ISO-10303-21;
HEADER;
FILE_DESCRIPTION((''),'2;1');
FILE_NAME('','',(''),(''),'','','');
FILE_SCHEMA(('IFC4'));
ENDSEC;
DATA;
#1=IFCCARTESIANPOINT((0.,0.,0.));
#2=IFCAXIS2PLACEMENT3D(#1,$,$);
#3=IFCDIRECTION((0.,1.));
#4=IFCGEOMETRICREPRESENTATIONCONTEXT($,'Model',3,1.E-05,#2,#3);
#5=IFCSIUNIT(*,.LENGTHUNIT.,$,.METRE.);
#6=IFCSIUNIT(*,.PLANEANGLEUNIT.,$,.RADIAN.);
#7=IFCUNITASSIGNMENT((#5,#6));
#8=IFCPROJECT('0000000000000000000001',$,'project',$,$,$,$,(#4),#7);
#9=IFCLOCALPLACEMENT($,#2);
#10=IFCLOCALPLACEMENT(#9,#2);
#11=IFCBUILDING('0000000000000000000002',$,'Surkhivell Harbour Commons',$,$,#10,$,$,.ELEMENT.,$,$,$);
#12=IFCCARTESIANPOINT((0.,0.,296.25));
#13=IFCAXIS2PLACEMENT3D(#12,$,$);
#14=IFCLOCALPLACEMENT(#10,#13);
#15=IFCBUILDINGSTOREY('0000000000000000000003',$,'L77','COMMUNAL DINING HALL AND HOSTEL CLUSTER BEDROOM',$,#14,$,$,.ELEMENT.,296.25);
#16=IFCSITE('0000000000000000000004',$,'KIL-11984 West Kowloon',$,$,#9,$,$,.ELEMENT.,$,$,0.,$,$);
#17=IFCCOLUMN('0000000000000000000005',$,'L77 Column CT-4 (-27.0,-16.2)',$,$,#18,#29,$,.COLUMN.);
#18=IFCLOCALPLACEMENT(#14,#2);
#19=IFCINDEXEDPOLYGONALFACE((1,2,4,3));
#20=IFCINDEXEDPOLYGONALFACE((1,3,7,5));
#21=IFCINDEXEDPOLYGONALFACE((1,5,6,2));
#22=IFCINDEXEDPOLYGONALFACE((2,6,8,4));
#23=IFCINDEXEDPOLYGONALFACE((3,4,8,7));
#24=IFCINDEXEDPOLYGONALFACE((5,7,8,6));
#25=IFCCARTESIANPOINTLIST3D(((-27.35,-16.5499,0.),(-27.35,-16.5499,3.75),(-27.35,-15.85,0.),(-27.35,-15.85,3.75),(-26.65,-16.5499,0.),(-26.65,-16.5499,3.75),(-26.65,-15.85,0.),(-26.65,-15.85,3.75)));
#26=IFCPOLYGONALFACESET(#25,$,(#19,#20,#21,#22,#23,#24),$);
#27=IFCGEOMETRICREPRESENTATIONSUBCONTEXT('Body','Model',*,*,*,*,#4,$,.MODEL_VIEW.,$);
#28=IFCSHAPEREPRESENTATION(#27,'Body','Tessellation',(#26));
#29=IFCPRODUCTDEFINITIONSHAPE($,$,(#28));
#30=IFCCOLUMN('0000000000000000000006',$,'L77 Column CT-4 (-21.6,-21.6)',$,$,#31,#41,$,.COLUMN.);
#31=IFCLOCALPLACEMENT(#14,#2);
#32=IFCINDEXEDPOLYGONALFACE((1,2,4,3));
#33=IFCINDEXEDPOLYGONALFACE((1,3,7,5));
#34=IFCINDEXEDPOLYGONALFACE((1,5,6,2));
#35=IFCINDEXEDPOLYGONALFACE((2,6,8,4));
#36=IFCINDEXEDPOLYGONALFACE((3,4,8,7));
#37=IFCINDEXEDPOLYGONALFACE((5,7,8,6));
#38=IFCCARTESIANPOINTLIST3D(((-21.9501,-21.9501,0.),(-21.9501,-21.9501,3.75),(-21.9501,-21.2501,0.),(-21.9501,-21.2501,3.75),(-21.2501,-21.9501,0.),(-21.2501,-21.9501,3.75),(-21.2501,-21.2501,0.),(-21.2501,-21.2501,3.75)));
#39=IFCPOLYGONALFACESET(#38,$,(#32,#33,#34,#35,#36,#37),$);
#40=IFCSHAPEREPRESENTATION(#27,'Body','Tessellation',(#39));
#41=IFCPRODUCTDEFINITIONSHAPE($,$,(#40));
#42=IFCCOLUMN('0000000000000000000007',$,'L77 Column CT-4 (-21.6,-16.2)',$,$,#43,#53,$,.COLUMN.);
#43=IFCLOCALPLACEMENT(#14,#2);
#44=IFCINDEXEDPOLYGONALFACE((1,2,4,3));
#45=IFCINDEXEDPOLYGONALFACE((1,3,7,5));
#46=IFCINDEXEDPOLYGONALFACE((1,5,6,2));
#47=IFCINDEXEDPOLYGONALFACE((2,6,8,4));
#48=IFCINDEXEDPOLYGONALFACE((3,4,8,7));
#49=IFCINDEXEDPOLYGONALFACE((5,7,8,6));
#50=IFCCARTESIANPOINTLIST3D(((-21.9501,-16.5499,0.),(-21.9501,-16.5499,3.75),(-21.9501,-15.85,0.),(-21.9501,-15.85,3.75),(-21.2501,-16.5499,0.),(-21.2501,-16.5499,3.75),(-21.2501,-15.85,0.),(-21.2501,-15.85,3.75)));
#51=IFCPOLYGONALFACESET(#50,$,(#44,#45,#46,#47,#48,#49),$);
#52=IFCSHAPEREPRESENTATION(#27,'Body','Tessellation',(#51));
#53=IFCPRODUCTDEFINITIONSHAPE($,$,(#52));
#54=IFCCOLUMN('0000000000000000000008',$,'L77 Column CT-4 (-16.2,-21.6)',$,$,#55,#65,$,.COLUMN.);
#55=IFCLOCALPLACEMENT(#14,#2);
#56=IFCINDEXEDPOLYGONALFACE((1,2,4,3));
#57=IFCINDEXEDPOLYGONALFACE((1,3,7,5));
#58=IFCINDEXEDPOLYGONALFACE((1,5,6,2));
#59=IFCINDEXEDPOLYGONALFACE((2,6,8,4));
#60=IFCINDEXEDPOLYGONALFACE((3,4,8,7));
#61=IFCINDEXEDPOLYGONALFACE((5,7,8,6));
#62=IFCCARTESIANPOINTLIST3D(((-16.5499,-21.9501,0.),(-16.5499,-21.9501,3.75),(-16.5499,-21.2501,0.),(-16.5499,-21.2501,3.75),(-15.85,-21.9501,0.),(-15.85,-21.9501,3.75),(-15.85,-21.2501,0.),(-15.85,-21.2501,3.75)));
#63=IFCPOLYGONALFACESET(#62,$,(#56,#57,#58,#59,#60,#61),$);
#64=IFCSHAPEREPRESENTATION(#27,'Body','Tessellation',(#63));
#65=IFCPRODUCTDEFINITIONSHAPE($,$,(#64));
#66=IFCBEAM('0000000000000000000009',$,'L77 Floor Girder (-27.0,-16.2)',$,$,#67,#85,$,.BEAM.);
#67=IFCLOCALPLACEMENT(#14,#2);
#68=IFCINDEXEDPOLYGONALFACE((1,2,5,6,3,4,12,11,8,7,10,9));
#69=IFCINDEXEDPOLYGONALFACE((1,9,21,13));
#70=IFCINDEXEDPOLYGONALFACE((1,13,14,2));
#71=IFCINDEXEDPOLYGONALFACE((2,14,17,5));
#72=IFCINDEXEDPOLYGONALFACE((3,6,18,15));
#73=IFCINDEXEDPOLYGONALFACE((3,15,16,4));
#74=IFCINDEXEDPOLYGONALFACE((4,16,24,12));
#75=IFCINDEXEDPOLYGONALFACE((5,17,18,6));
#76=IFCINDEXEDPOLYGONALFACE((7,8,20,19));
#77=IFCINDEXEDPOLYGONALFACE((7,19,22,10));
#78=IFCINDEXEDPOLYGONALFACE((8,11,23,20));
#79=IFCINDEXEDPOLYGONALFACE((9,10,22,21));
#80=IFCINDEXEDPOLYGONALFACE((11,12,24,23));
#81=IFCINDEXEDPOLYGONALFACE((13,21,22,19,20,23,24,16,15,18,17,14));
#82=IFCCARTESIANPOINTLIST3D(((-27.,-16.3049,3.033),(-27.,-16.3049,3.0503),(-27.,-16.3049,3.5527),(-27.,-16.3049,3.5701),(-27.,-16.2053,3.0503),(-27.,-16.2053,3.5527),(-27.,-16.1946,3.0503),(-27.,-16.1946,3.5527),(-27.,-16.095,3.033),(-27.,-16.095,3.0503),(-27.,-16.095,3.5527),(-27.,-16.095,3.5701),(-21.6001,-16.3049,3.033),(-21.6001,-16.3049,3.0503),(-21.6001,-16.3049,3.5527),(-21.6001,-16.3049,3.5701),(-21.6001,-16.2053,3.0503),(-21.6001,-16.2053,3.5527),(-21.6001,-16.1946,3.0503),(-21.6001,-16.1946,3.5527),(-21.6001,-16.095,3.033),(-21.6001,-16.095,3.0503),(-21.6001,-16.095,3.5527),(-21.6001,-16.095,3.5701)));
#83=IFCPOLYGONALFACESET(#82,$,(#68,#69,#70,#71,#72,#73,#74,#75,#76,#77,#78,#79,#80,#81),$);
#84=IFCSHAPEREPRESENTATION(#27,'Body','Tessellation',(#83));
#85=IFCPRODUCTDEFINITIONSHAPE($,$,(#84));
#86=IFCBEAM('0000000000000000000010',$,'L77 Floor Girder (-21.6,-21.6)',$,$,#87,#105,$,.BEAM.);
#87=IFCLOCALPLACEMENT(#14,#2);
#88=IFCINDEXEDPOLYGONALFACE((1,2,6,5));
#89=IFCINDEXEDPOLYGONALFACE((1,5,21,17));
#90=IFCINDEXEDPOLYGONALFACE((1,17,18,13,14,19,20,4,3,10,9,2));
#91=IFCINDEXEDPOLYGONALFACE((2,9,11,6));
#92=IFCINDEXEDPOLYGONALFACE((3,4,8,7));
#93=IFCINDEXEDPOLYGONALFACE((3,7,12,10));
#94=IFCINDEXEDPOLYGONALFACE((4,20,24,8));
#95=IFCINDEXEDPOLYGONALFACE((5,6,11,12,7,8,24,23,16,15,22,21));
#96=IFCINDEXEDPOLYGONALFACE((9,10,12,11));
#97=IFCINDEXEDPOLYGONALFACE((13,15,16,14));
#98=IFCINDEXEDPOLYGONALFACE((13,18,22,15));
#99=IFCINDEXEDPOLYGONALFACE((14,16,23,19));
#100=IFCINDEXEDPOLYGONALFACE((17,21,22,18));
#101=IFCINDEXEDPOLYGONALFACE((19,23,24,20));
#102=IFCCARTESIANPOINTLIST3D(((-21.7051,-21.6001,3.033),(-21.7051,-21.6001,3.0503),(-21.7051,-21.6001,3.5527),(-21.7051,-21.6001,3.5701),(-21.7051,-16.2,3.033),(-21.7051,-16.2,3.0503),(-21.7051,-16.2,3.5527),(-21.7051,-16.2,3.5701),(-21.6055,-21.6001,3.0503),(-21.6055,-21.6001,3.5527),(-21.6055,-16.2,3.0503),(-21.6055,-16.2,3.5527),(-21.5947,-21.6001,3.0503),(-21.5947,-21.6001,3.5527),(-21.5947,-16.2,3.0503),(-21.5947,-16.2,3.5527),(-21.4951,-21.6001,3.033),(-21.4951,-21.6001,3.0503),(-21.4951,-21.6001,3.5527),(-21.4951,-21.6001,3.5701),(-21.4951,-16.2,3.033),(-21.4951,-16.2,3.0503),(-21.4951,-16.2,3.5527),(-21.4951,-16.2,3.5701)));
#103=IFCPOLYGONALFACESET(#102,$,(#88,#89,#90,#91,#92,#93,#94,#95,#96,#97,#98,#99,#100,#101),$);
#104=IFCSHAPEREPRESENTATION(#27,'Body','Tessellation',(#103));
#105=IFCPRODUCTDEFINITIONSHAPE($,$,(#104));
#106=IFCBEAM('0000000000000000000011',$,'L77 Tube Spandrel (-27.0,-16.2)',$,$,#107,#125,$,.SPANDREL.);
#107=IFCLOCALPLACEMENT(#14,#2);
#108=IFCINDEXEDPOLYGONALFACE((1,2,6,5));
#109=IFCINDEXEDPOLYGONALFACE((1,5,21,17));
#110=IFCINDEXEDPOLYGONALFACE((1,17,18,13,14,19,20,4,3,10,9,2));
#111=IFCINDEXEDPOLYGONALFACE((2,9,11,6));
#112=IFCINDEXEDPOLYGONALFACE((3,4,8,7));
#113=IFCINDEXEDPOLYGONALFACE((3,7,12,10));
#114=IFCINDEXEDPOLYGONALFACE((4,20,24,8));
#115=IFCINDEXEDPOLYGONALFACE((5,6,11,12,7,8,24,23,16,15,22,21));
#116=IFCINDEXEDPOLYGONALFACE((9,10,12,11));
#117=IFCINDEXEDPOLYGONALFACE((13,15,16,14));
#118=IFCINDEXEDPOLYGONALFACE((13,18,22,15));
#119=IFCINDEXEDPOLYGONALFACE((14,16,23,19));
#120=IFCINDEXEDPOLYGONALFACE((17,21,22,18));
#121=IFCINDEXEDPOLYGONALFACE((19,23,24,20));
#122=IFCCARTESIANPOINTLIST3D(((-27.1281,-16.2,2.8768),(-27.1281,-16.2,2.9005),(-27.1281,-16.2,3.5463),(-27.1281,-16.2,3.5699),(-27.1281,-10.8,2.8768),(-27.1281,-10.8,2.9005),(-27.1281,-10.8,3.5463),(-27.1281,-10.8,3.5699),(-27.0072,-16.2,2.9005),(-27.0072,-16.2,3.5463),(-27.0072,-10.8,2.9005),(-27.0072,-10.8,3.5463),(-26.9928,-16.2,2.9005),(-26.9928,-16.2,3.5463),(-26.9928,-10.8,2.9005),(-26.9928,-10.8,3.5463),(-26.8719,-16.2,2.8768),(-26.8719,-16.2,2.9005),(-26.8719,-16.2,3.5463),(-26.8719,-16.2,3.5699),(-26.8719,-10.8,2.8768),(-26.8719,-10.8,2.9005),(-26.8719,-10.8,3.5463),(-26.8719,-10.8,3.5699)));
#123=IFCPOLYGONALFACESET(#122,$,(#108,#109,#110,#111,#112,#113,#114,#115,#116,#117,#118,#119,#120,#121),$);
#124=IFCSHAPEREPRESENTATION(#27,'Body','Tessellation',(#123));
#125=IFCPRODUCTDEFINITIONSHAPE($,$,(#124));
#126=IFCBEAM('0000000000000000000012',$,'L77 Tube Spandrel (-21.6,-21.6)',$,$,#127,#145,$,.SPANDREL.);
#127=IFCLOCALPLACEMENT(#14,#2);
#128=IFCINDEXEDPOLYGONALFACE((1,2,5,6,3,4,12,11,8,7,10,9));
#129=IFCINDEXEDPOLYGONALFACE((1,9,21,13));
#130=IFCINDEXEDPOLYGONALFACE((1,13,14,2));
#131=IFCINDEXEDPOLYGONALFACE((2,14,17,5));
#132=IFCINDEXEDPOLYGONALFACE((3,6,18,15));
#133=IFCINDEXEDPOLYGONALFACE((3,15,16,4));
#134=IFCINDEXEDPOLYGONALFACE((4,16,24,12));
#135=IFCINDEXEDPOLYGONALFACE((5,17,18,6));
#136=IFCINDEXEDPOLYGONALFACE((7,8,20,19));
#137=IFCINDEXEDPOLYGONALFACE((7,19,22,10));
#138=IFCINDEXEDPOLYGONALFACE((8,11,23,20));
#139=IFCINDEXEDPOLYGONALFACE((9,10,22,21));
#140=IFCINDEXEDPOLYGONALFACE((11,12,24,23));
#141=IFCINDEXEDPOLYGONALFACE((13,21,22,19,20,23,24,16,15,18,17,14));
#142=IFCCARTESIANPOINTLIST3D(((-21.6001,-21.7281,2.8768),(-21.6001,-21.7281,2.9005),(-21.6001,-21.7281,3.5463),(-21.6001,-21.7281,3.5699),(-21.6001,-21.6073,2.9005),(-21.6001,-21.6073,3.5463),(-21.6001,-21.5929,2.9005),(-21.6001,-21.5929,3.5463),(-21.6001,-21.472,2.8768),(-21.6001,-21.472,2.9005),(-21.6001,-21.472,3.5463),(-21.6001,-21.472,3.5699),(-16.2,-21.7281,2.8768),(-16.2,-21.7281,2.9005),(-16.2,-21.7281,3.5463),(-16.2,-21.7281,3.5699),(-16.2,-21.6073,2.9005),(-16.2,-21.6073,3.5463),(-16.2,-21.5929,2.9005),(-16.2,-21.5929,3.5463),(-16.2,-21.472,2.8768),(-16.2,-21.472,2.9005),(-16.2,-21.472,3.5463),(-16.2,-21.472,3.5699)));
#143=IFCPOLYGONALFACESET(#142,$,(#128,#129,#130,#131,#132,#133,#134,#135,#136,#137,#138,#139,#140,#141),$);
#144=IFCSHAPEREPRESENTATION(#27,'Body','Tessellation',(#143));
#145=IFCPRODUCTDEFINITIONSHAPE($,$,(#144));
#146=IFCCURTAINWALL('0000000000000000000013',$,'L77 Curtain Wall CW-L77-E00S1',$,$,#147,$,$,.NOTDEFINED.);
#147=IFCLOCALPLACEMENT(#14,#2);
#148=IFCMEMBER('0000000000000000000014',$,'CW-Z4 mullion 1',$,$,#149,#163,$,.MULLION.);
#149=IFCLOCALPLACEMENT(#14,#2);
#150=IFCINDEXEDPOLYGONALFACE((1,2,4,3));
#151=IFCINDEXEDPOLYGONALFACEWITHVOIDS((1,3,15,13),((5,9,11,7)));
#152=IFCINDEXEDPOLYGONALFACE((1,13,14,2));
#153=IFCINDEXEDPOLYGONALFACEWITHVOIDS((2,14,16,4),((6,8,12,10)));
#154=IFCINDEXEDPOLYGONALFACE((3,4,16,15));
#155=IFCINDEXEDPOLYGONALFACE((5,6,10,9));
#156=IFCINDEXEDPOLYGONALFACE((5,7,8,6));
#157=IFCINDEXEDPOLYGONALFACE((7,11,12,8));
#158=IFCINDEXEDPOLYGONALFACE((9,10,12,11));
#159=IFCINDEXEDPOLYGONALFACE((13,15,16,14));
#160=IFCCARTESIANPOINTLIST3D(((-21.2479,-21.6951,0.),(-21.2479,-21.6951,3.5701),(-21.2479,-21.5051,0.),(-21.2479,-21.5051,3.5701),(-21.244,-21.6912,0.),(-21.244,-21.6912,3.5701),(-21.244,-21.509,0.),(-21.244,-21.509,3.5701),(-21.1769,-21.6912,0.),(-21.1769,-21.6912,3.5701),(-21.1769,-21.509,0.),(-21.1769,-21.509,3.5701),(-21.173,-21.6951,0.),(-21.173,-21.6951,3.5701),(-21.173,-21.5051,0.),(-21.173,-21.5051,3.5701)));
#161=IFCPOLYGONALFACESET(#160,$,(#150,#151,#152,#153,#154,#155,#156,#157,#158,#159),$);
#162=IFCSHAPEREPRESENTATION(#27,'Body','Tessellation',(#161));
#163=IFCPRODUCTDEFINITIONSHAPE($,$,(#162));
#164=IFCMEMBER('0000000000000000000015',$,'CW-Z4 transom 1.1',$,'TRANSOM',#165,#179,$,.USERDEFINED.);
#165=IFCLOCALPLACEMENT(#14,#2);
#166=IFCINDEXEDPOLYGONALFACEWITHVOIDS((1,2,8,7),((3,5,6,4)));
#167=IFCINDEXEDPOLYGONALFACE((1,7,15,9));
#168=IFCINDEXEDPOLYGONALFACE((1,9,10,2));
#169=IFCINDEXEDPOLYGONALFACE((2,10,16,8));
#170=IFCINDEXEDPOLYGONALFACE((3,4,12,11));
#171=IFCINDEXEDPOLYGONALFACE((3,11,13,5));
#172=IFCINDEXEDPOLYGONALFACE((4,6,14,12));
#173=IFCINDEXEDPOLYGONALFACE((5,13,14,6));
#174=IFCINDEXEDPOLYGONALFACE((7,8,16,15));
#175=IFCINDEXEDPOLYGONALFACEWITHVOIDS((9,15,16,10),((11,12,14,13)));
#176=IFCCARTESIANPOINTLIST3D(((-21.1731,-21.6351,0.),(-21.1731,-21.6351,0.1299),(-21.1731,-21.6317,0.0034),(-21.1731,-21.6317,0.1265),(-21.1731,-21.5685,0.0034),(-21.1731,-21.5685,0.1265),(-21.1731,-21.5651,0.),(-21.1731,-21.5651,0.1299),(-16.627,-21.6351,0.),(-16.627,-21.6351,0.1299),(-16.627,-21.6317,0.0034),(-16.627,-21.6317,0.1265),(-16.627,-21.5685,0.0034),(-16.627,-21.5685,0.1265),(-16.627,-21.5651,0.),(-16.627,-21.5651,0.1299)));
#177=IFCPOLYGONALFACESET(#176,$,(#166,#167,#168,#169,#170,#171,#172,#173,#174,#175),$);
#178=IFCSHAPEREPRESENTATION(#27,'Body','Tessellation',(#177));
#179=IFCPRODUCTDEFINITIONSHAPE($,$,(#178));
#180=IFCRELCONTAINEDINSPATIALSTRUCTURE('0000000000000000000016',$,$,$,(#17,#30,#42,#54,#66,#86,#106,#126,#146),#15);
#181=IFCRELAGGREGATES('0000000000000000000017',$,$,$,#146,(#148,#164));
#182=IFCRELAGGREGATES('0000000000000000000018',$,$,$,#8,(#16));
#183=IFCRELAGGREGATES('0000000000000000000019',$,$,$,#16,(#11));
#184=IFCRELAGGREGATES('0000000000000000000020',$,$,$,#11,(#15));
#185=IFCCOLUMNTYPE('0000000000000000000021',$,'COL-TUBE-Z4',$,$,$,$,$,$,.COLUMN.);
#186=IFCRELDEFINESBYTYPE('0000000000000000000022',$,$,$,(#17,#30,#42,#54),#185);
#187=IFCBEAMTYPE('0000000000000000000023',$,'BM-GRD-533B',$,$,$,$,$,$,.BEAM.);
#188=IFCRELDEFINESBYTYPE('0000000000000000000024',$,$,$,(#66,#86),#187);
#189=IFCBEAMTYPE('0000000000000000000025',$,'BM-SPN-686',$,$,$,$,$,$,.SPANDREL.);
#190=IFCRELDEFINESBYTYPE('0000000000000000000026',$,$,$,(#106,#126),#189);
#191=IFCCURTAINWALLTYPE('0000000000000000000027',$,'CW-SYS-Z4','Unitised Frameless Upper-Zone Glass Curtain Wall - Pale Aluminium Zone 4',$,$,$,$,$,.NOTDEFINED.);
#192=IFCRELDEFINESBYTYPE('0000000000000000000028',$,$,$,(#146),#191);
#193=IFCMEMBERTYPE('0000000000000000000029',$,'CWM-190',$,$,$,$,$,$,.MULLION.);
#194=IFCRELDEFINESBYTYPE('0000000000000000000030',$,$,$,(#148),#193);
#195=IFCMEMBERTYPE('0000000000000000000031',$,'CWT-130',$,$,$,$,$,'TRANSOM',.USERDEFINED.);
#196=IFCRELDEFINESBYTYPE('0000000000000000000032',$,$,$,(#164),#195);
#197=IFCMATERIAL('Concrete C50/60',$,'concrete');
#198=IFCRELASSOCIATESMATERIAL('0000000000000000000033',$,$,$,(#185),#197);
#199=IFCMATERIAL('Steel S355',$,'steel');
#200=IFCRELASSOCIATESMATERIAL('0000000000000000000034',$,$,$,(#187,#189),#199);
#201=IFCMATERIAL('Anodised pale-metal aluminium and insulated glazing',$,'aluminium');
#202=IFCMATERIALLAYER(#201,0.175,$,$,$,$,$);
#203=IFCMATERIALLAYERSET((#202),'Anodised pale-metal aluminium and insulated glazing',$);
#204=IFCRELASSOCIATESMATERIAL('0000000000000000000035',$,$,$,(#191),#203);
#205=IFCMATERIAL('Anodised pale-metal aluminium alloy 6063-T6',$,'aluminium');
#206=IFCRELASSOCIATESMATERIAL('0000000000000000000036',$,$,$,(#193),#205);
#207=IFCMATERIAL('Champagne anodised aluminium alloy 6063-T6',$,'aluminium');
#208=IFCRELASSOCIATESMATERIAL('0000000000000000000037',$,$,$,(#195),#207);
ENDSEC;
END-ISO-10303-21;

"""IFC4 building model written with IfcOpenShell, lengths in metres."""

from ifc_helpers import new_model, si_unit, direction, frame, origin, origin_2d, place, context, subcontext, project, spatial, rectangle, hollow_rectangle, i_section, extrude, material, layer, layer_set, material_profile, profile_set, type_object, element, aggregate, save


model = new_model("IFC4")

# Units and contexts
model_context = context("Model", 3, precision=1e-05, world=origin(), true_north=direction((0.0, 1.0)))
body_context = subcontext(model_context, "Body", "Model", "MODEL_VIEW")
ifc_project = project(units=[si_unit("LENGTHUNIT", "METRE"), si_unit("PLANEANGLEUNIT", "RADIAN")], contexts=[model_context])

# Site, building, storey
site_placement = place(None, origin())
site = spatial("IfcSite", under=ifc_project, at=site_placement, Name="KIL-11984 West Kowloon", CompositionType="ELEMENT", RefElevation=0.0)
building_placement = place(site_placement, origin())
building = spatial("IfcBuilding", under=site, at=building_placement, Name="Surkhivell Harbour Commons", CompositionType="ELEMENT")
storey_placement = place(building_placement, frame((0.0, 0.0, 296.25)))
storey = spatial("IfcBuildingStorey", under=building, at=storey_placement, Name="L77", Description="COMMUNAL DINING HALL AND HOSTEL CLUSTER BEDROOM", CompositionType="ELEMENT", Elevation=296.25)

# Columns
ifc_material_1 = material(Name="Concrete C50/60", Category="concrete")
ifc_material_profile_1 = material_profile(ifc_material_1, rectangle(XDim=0.7, YDim=0.7, at=origin_2d()), Name="RC-COL-700x700")
ifc_profile_set_1 = profile_set([ifc_material_profile_1], Name="Concrete C50/60")
column_type = type_object("IfcColumnType", Name="COL-TUBE-Z4", PredefinedType="COLUMN", material=ifc_profile_set_1)
for number, where, z_axis, x_axis, name in (
    (1, (-27.0, -16.2, 0.0), (0.0, 0.0, 1.0), (1.0, 0.0, 0.0), "L77 Column CT-4 (-27.0,-16.2)"),
    (2, (-21.6001, -21.6001, 0.0), (0.0, 0.0, 1.0), (1.0, 0.0, 0.0), "L77 Column CT-4 (-21.6,-21.6)"),
    (3, (-21.6001, -16.2, 0.0), (0.0, 0.0, 1.0), (1.0, 0.0, 0.0), "L77 Column CT-4 (-21.6,-16.2)"),
    (4, (-16.2, -21.6001, 0.0), (0.0, 0.0, 1.0), (1.0, 0.0, 0.0), "L77 Column CT-4 (-16.2,-21.6)"),
):
    element("IfcColumn", number, at=place(storey_placement, frame(where, z_axis=z_axis, x_axis=x_axis)), inside=storey, type_object=column_type, Name=name, PredefinedType="COLUMN", context=body_context, shape_type="SweptSolid", body=[
        extrude(rectangle(XDim=0.7, YDim=0.7, at=origin_2d()), origin(), (0.0, 0.0, 1.0), 3.75),
    ])

# Beams
ifc_material_2 = material(Name="Steel S355", Category="steel")
ifc_material_profile_2 = material_profile(ifc_material_2, i_section(OverallWidth=0.21, OverallDepth=0.5371, WebThickness=0.0107, FlangeThickness=0.0173, at=origin_2d()), Name="UB533x210x101")
ifc_profile_set_2 = profile_set([ifc_material_profile_2], Name="Steel S355")
beam_type_1 = type_object("IfcBeamType", Name="BM-GRD-533B", PredefinedType="BEAM", material=ifc_profile_set_2)
beam_1_placement = place(storey_placement, frame((-27.0, -16.2, 3.3015), z_axis=(1.0, 0.0, 0.0), x_axis=(0.0, 1.0, 0.0)))
element("IfcBeam", 5, at=beam_1_placement, inside=storey, type_object=beam_type_1, Name="L77 Floor Girder (-27.0,-16.2)", PredefinedType="BEAM", context=body_context, shape_type="SweptSolid", body=[
    extrude(i_section(OverallWidth=0.21, OverallDepth=0.5371, WebThickness=0.0107, FlangeThickness=0.0173, at=origin_2d()), origin(), (0.0, 0.0, 1.0), 5.3999),
])
beam_2_placement = place(storey_placement, frame((-21.6001, -21.6001, 3.3015), z_axis=(0.0, 1.0, 0.0), x_axis=(-1.0, 0.0, 0.0)))
element("IfcBeam", 6, at=beam_2_placement, inside=storey, type_object=beam_type_1, Name="L77 Floor Girder (-21.6,-21.6)", PredefinedType="BEAM", context=body_context, shape_type="SweptSolid", body=[
    extrude(i_section(OverallWidth=0.21, OverallDepth=0.5371, WebThickness=0.0107, FlangeThickness=0.0173, at=origin_2d()), origin(), (0.0, 0.0, 1.0), 5.4001),
])
ifc_material_profile_3 = material_profile(ifc_material_2, i_section(OverallWidth=0.2561, OverallDepth=0.6931, WebThickness=0.0144, FlangeThickness=0.0237, at=origin_2d()), Name="UB686x254x170")
ifc_profile_set_3 = profile_set([ifc_material_profile_3], Name="Steel S355")
beam_type_2 = type_object("IfcBeamType", Name="BM-SPN-686", PredefinedType="SPANDREL", material=ifc_profile_set_3)
beam_3_placement = place(storey_placement, frame((-27.0, -16.2, 3.2234), z_axis=(0.0, 1.0, 0.0), x_axis=(-1.0, 0.0, 0.0)))
element("IfcBeam", 7, at=beam_3_placement, inside=storey, type_object=beam_type_2, Name="L77 Tube Spandrel (-27.0,-16.2)", PredefinedType="SPANDREL", context=body_context, shape_type="SweptSolid", body=[
    extrude(i_section(OverallWidth=0.2561, OverallDepth=0.6931, WebThickness=0.0144, FlangeThickness=0.0237, at=origin_2d()), origin(), (0.0, 0.0, 1.0), 5.3999),
])
beam_4_placement = place(storey_placement, frame((-21.6001, -21.6001, 3.2234), z_axis=(1.0, 0.0, 0.0), x_axis=(0.0, 1.0, 0.0)))
element("IfcBeam", 8, at=beam_4_placement, inside=storey, type_object=beam_type_2, Name="L77 Tube Spandrel (-21.6,-21.6)", PredefinedType="SPANDREL", context=body_context, shape_type="SweptSolid", body=[
    extrude(i_section(OverallWidth=0.2561, OverallDepth=0.6931, WebThickness=0.0144, FlangeThickness=0.0237, at=origin_2d()), origin(), (0.0, 0.0, 1.0), 5.4001),
])

# Curtain wall, members
ifc_material_3 = material(Name="Anodised pale-metal aluminium and insulated glazing", Category="aluminium")
ifc_layer_1 = layer(ifc_material_3, 0.175)
ifc_layer_set_1 = layer_set([ifc_layer_1], Name="Anodised pale-metal aluminium and insulated glazing")
curtain_wall_type = type_object("IfcCurtainWallType", Name="CW-SYS-Z4", Description="Unitised Frameless Upper-Zone Glass Curtain Wall - Pale Aluminium Zone 4", PredefinedType="NOTDEFINED", material=ifc_layer_set_1)
curtain_wall_placement = place(storey_placement, origin())
curtain_wall = element("IfcCurtainWall", 9, at=curtain_wall_placement, inside=storey, type_object=curtain_wall_type, Name="L77 Curtain Wall CW-L77-E00S1", PredefinedType="NOTDEFINED")
ifc_material_4 = material(Name="Anodised pale-metal aluminium alloy 6063-T6", Category="aluminium")
ifc_material_profile_4 = material_profile(ifc_material_4, hollow_rectangle(XDim=0.075, YDim=0.1899, WallThickness=0.0039, at=origin_2d()), Name="ALU-MULL-75x190")
ifc_profile_set_4 = profile_set([ifc_material_profile_4], Name="Anodised pale-metal aluminium alloy 6063-T6")
member_type_1 = type_object("IfcMemberType", Name="CWM-190", PredefinedType="MULLION", material=ifc_profile_set_4)
member_1_placement = place(storey_placement, frame((-21.2104, -21.6001, 0.0), z_axis=(0.0, 0.0, 1.0), x_axis=(1.0, 0.0, 0.0)))
member_1 = element("IfcMember", 10, at=member_1_placement, type_object=member_type_1, Name="CW-Z4 mullion 1", PredefinedType="MULLION", context=body_context, shape_type="SweptSolid", body=[
    extrude(hollow_rectangle(XDim=0.075, YDim=0.1899, WallThickness=0.0039, at=origin_2d()), origin(), (0.0, 0.0, 1.0), 3.5701),
])
ifc_material_5 = material(Name="Champagne anodised aluminium alloy 6063-T6", Category="aluminium")
ifc_material_profile_5 = material_profile(ifc_material_5, hollow_rectangle(XDim=0.0701, YDim=0.1299, WallThickness=0.0034, at=origin_2d()), Name="ALU-TRAN-70x130")
ifc_profile_set_5 = profile_set([ifc_material_profile_5], Name="Champagne anodised aluminium alloy 6063-T6")
member_type_2 = type_object("IfcMemberType", Name="CWT-130", ElementType="TRANSOM", PredefinedType="USERDEFINED", material=ifc_profile_set_5)
member_2_placement = place(storey_placement, frame((-21.1731, -21.6001, 0.0649), z_axis=(1.0, 0.0, 0.0), x_axis=(0.0, 1.0, 0.0)))
member_2 = element("IfcMember", 11, at=member_2_placement, type_object=member_type_2, Name="CW-Z4 transom 1.1", ObjectType="TRANSOM", PredefinedType="USERDEFINED", context=body_context, shape_type="SweptSolid", body=[
    extrude(hollow_rectangle(XDim=0.0701, YDim=0.1299, WallThickness=0.0034, at=origin_2d()), origin(), (0.0, 0.0, 1.0), 4.5461),
])

aggregate(curtain_wall, [member_1, member_2])

save(model, "model.ifc")
